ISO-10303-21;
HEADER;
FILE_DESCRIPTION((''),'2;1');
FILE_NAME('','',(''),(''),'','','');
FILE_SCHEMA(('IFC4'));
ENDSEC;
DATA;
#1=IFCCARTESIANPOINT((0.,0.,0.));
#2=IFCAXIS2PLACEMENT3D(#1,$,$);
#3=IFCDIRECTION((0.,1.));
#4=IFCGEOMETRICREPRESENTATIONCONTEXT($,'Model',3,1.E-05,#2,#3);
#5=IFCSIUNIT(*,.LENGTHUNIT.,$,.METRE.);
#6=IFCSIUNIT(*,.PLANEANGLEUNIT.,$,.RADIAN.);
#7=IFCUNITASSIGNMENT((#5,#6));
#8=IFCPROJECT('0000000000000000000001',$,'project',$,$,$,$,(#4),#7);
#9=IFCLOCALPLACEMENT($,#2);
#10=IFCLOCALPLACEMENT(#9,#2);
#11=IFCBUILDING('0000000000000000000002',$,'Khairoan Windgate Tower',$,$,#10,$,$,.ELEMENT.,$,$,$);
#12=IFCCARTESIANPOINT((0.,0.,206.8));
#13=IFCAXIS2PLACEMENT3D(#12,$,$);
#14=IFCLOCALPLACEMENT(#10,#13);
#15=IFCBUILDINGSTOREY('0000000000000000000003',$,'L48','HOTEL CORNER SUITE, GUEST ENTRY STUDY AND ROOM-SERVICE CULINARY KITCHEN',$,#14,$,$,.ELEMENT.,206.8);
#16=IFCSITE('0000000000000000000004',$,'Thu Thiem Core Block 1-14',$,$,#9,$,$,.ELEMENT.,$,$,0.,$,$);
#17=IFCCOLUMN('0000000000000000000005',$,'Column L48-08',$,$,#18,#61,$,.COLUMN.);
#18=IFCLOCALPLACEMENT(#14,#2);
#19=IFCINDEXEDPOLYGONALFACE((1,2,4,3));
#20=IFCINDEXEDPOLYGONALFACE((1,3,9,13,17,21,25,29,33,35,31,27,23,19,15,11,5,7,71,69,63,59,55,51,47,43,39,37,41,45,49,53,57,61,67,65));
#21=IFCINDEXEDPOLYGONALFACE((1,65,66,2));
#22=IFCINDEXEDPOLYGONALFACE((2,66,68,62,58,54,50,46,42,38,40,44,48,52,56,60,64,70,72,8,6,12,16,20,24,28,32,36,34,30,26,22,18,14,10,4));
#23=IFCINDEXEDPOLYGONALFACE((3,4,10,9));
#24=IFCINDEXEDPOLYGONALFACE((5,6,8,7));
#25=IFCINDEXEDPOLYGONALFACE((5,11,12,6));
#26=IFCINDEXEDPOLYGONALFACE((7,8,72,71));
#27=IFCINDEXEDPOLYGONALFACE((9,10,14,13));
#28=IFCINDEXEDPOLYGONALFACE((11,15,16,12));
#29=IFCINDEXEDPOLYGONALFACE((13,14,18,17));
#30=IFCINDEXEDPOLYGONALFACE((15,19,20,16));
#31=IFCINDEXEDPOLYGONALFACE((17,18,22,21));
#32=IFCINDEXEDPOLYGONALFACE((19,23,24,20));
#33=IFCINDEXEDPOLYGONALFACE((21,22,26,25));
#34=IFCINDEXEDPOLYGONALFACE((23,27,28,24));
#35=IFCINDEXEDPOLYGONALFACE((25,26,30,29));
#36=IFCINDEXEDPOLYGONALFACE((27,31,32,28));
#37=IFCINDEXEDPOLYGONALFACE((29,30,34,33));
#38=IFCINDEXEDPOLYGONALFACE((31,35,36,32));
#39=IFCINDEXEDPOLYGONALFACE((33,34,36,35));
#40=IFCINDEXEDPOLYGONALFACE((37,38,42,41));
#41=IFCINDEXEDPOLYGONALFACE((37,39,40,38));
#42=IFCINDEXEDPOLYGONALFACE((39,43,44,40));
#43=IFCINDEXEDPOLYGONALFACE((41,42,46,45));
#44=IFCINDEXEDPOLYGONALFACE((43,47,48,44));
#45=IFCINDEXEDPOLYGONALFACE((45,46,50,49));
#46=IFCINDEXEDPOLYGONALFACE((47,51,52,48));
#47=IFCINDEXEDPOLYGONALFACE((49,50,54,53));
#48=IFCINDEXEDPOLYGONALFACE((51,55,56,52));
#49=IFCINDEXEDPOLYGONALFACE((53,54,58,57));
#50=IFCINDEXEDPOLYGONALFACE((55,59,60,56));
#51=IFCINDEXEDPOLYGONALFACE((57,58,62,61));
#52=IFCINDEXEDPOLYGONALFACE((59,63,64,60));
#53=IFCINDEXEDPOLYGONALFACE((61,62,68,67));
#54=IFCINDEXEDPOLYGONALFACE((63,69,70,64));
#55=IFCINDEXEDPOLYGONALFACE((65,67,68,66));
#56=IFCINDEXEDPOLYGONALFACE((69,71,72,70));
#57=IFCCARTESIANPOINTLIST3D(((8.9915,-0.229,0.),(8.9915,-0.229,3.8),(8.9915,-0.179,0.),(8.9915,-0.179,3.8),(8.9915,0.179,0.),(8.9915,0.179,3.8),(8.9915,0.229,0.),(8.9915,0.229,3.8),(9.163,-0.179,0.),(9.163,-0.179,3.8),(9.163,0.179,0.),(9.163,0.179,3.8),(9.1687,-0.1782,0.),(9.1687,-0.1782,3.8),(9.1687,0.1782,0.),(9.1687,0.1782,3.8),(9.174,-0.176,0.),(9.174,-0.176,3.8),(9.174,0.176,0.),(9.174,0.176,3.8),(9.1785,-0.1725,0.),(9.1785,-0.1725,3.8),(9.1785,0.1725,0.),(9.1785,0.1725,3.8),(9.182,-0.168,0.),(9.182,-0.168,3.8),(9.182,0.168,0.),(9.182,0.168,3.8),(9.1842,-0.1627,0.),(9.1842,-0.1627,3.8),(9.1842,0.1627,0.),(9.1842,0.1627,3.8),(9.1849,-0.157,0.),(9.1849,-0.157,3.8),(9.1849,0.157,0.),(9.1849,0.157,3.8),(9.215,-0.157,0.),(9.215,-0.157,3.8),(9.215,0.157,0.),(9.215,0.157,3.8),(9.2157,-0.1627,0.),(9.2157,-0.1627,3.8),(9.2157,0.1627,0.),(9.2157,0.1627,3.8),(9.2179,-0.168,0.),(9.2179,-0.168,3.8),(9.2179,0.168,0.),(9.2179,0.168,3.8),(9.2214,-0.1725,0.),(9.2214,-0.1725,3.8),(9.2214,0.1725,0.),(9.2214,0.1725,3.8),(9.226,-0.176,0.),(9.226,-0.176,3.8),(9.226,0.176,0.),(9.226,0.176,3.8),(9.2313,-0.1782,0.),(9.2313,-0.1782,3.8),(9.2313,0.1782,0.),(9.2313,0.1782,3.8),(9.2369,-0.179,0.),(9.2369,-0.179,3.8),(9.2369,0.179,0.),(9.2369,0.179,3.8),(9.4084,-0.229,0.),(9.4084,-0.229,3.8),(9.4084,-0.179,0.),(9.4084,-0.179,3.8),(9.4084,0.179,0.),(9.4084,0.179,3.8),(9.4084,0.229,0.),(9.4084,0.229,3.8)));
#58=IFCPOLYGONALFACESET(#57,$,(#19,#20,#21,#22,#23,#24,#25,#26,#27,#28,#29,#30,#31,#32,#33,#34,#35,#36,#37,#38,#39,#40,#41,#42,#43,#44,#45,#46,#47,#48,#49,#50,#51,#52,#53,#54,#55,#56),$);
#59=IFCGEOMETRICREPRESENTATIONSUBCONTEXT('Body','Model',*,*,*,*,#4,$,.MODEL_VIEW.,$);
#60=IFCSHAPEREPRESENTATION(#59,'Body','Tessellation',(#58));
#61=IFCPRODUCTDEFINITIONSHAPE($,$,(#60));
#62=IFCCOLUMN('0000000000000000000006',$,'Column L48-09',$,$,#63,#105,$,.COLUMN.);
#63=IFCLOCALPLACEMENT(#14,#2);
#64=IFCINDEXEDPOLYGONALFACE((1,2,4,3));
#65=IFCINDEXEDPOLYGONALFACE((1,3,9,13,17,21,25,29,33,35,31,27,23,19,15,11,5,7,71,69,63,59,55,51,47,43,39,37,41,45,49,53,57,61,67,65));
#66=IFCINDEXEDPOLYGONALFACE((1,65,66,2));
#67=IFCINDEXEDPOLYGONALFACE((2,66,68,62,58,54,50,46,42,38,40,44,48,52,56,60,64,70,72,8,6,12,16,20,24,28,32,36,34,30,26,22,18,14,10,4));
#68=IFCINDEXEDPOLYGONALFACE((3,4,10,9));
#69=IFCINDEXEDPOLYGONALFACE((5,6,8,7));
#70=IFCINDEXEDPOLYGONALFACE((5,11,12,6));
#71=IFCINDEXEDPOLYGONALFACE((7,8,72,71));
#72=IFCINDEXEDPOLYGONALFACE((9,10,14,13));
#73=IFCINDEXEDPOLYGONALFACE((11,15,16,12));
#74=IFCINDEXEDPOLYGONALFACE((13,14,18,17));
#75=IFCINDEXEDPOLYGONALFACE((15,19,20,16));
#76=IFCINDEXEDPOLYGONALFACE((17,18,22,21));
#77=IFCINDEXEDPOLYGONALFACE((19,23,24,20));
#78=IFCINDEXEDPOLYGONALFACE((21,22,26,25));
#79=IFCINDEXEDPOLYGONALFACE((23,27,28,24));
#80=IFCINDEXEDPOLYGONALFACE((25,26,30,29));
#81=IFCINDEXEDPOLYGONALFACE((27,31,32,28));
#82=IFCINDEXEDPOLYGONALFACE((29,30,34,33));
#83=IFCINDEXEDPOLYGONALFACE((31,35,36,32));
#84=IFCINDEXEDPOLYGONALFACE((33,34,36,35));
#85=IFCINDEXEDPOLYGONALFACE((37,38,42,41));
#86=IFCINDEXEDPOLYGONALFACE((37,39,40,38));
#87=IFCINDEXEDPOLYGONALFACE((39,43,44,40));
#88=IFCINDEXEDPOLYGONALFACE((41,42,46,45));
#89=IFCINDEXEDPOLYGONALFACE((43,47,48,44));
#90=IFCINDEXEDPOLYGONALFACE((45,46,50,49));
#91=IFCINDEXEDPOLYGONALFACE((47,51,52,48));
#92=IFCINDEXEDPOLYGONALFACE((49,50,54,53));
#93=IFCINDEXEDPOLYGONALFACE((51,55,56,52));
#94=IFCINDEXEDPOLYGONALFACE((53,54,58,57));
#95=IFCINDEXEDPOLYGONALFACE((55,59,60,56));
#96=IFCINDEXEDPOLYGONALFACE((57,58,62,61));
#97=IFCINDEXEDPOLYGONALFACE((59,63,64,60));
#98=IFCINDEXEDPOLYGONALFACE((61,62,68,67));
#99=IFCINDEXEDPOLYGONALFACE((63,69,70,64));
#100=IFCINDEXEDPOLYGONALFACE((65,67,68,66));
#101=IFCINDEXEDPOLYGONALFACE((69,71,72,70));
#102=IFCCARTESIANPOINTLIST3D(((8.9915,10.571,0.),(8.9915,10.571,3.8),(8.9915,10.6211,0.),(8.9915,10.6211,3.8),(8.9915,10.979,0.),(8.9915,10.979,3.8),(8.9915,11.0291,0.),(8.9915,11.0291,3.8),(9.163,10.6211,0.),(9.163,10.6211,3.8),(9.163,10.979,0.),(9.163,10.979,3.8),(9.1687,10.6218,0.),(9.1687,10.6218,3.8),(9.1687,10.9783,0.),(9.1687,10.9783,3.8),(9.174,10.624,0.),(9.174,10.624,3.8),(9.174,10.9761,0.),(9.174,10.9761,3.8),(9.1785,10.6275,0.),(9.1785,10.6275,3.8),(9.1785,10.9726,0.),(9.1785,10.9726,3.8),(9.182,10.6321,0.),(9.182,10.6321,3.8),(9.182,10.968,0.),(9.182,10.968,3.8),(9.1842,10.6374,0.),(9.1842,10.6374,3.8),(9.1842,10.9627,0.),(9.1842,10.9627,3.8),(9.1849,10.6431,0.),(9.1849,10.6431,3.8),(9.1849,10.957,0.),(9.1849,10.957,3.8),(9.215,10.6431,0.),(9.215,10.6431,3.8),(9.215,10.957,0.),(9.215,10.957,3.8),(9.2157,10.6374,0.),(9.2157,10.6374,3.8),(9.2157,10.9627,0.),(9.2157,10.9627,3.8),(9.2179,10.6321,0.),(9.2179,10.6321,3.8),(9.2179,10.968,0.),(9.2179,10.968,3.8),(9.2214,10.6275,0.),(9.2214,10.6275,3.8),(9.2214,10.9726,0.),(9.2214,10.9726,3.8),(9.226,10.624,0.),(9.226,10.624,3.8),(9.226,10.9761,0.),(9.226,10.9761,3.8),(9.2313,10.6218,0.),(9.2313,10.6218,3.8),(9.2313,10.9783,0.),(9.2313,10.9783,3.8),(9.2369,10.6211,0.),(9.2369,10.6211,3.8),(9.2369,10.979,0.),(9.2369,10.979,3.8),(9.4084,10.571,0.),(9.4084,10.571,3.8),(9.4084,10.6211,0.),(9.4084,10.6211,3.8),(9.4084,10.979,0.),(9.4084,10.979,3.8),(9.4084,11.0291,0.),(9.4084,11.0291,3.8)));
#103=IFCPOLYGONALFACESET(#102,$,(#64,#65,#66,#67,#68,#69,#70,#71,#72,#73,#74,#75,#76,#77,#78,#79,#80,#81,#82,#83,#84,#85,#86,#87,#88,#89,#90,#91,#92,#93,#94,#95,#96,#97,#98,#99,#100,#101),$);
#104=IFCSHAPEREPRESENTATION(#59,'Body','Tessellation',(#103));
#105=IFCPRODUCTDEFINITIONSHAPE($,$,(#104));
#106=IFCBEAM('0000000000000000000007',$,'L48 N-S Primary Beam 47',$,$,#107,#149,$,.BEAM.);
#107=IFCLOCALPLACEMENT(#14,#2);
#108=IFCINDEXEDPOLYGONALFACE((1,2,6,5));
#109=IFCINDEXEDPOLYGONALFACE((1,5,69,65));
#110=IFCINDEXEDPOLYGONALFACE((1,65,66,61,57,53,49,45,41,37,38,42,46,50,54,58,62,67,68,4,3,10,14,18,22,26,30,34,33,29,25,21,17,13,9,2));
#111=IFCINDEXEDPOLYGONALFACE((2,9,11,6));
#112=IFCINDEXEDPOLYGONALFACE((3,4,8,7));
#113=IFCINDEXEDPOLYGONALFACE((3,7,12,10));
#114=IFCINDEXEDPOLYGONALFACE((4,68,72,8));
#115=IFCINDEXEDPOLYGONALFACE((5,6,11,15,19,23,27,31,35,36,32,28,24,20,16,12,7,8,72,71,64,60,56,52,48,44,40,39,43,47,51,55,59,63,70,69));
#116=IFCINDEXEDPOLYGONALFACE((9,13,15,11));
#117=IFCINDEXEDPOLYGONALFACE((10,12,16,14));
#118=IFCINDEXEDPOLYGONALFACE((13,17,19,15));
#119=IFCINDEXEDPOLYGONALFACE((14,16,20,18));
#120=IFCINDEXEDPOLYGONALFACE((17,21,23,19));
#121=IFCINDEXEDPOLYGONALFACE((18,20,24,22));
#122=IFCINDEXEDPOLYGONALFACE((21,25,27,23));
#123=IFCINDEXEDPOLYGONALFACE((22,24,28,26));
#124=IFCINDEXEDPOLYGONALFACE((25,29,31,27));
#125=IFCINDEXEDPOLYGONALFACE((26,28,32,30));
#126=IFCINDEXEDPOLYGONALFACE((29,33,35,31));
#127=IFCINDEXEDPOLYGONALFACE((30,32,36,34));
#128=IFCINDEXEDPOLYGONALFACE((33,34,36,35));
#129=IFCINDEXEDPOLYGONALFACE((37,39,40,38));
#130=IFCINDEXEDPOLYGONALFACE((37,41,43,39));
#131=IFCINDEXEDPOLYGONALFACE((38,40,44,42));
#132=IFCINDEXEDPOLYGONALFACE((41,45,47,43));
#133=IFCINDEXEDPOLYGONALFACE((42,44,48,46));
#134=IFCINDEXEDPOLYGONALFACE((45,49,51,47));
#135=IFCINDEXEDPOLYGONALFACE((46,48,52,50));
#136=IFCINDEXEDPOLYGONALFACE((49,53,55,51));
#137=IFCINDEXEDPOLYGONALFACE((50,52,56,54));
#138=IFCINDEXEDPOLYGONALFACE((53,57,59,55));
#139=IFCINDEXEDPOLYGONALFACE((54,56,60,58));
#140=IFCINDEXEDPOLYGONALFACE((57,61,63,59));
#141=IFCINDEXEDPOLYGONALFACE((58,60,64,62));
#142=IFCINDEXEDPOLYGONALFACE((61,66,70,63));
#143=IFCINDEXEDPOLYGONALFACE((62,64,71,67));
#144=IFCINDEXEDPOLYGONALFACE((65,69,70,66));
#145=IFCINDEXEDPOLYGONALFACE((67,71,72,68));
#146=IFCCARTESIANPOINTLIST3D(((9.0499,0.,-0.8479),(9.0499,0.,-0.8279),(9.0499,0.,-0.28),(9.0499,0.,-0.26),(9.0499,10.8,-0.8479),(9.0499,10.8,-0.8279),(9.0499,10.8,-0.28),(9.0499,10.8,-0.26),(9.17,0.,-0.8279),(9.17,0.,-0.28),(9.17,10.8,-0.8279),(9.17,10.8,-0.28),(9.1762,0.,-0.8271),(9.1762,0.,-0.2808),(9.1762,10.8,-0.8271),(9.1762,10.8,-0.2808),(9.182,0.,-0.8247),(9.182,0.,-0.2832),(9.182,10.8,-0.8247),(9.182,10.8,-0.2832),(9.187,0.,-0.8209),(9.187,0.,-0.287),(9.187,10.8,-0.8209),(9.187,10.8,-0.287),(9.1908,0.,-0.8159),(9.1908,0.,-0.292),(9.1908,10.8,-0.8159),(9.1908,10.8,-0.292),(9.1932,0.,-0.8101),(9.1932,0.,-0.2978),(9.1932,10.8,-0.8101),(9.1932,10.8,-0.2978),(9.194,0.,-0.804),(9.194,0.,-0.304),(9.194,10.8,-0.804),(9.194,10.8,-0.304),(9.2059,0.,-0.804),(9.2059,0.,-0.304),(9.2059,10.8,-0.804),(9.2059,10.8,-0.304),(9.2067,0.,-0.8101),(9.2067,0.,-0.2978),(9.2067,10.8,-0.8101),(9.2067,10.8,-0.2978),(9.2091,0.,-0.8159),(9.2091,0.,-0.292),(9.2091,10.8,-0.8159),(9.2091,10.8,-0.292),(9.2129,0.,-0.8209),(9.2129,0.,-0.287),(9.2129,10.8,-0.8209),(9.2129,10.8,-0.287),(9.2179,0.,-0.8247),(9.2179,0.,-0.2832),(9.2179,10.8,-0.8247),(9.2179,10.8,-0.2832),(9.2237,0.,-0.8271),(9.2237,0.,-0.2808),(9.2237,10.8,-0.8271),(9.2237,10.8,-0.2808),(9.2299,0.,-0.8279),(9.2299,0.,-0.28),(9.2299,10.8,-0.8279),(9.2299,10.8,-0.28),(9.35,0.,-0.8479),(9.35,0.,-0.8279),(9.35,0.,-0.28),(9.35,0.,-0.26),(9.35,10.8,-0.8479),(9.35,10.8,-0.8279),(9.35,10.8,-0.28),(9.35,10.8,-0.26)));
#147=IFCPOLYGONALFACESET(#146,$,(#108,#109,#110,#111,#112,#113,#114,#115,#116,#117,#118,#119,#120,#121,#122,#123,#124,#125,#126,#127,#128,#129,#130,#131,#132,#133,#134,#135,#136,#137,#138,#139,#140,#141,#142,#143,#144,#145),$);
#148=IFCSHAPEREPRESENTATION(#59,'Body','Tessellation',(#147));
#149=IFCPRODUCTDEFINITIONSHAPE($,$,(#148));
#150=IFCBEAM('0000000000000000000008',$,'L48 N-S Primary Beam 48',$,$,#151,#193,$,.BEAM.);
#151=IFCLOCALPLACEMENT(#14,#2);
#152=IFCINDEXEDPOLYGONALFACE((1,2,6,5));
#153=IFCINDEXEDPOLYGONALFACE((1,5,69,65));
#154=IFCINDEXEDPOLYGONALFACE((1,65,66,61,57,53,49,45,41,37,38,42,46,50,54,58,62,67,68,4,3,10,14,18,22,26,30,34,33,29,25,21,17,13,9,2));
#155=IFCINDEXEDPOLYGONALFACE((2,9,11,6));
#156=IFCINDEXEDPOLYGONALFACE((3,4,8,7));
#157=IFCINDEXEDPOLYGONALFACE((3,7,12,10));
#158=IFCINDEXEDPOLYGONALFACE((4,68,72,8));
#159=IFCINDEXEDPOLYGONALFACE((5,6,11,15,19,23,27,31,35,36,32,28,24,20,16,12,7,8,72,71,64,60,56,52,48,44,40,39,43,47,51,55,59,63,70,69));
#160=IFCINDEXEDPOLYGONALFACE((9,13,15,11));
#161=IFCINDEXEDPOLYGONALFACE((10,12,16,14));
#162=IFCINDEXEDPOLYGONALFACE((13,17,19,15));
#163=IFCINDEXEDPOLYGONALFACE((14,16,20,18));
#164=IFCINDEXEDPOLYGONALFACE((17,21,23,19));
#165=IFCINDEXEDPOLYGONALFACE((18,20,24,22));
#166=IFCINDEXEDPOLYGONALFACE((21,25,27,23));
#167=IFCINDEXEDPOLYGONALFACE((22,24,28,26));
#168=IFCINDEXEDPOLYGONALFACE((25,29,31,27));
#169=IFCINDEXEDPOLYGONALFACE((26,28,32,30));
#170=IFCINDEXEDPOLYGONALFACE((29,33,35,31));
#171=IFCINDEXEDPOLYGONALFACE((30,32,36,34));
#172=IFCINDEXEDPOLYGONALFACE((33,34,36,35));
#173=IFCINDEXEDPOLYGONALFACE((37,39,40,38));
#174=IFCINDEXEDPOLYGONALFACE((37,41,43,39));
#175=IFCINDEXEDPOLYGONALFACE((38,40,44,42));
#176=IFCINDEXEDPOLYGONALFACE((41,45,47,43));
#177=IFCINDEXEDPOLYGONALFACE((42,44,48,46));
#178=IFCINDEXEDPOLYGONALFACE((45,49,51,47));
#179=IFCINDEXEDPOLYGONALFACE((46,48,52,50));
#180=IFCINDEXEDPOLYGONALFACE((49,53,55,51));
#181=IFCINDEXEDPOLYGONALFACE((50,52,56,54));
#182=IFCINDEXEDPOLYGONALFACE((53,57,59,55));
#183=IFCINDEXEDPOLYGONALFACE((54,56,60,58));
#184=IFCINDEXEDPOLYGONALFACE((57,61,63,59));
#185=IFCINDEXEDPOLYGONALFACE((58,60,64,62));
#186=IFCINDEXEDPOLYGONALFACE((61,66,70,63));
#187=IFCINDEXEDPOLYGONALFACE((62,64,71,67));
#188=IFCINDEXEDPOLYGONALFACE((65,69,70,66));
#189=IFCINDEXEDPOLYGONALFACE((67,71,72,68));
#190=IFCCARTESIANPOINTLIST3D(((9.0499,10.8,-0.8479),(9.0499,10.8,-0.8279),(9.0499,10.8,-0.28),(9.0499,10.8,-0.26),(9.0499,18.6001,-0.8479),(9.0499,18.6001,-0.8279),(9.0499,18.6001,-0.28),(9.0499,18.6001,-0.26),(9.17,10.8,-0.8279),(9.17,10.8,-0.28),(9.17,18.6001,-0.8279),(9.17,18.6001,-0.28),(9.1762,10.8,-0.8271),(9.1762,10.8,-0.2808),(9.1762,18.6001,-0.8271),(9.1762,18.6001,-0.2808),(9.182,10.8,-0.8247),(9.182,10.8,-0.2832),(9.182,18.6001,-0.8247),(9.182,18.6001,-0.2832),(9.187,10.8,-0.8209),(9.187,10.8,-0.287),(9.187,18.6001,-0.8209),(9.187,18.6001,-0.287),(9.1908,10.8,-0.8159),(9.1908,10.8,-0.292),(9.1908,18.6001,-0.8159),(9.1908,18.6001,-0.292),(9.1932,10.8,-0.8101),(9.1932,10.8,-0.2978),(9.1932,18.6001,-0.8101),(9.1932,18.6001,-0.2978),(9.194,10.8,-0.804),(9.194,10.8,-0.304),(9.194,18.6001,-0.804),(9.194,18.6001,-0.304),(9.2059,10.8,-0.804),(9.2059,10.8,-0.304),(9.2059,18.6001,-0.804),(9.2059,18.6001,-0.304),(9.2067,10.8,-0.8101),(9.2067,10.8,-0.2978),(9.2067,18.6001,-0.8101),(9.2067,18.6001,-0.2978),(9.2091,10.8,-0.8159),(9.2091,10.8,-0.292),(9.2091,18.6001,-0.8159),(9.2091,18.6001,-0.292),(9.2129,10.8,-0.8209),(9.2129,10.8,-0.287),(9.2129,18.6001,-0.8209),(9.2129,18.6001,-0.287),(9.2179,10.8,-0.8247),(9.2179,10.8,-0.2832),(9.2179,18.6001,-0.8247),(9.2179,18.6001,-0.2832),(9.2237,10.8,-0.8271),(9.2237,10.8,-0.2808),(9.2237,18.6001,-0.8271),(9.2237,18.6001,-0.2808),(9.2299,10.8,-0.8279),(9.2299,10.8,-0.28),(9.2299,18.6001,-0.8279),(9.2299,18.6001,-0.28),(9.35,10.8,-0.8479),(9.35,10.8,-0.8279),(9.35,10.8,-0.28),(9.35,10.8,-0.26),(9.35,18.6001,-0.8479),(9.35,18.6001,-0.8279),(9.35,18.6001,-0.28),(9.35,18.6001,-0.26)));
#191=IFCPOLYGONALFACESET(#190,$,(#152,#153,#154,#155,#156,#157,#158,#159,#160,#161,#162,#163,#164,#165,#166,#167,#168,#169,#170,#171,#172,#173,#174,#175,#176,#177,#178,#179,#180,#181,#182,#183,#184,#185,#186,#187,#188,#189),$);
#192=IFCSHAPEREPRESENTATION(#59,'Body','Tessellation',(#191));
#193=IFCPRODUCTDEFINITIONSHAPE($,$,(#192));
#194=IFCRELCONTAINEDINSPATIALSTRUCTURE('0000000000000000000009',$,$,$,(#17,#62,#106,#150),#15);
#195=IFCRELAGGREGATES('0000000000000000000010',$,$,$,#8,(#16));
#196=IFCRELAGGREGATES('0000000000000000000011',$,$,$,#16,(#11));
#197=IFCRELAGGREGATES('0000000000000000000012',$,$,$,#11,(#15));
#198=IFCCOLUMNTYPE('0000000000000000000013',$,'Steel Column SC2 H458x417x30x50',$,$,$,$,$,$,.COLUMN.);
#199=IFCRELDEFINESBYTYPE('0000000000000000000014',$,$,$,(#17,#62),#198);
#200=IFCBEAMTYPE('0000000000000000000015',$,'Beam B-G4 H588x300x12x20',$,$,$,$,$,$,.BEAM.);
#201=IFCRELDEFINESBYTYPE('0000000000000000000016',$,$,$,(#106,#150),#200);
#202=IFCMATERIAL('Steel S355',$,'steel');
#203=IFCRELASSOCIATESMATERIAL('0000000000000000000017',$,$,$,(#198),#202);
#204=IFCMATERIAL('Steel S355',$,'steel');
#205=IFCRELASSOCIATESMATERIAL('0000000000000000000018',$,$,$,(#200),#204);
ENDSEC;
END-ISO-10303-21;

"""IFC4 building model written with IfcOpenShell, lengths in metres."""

from ifc_helpers import new_model, si_unit, direction, frame, origin, origin_2d, place, context, subcontext, project, spatial, i_section, extrude, material, material_profile, profile_set, type_object, element, save


model = new_model("IFC4")

# Units and contexts
model_context = context("Model", 3, precision=1e-05, world=origin(), true_north=direction((0.0, 1.0)))
body_context = subcontext(model_context, "Body", "Model", "MODEL_VIEW")
ifc_project = project(units=[si_unit("LENGTHUNIT", "METRE"), si_unit("PLANEANGLEUNIT", "RADIAN")], contexts=[model_context])

# Site, building, storey
site_placement = place(None, origin())
site = spatial("IfcSite", under=ifc_project, at=site_placement, Name="Thu Thiem Core Block 1-14", CompositionType="ELEMENT", RefElevation=0.0)
building_placement = place(site_placement, origin())
building = spatial("IfcBuilding", under=site, at=building_placement, Name="Khairoan Windgate Tower", CompositionType="ELEMENT")
storey_placement = place(building_placement, frame((0.0, 0.0, 206.8)))
storey = spatial("IfcBuildingStorey", under=building, at=storey_placement, Name="L48", Description="HOTEL CORNER SUITE, GUEST ENTRY STUDY AND ROOM-SERVICE CULINARY KITCHEN", CompositionType="ELEMENT", Elevation=206.8)

# Columns
ifc_material_1 = material(Name="Steel S355", Category="steel")
ifc_material_profile_1 = material_profile(ifc_material_1, i_section(OverallWidth=0.417, OverallDepth=0.458, WebThickness=0.03, FlangeThickness=0.05, FilletRadius=0.022, at=origin_2d()))
ifc_profile_set_1 = profile_set([ifc_material_profile_1], Name="Steel S355")
column_type = type_object("IfcColumnType", Name="Steel Column SC2 H458x417x30x50", PredefinedType="COLUMN", material=ifc_profile_set_1)
for number, where, z_axis, x_axis, name in (
    (1, (9.2, 0.0, 0.0), (0.0, 0.0, 1.0), (1.0, 0.0, 0.0), "Column L48-08"),
    (2, (9.2, 10.8, 0.0), (0.0, 0.0, 1.0), (1.0, 0.0, 0.0), "Column L48-09"),
):
    element("IfcColumn", number, at=place(storey_placement, frame(where, z_axis=z_axis, x_axis=x_axis)), inside=storey, type_object=column_type, Name=name, PredefinedType="COLUMN", context=body_context, shape_type="SweptSolid", body=[
        extrude(i_section(OverallWidth=0.417, OverallDepth=0.458, WebThickness=0.03, FlangeThickness=0.05, FilletRadius=0.022, at=origin_2d()), origin(), (0.0, 0.0, 1.0), 3.8),
    ])

# Beams
ifc_material_2 = material(Name="Steel S355", Category="steel")
ifc_material_profile_2 = material_profile(ifc_material_2, i_section(OverallWidth=0.3, OverallDepth=0.5879, WebThickness=0.012, FlangeThickness=0.02, FilletRadius=0.0239, at=origin_2d()))
ifc_profile_set_2 = profile_set([ifc_material_profile_2], Name="Steel S355")
beam_type_1 = type_object("IfcBeamType", Name="Beam B-G4 H588x300x12x20", PredefinedType="BEAM", material=ifc_profile_set_2)
beam_1_placement = place(storey_placement, frame((9.2, 0.0, -0.554), z_axis=(0.0, 1.0, 0.0), x_axis=(-1.0, 0.0, 0.0)))
element("IfcBeam", 3, at=beam_1_placement, inside=storey, type_object=beam_type_1, Name="L48 N-S Primary Beam 47", PredefinedType="BEAM", context=body_context, shape_type="SweptSolid", body=[
    extrude(i_section(OverallWidth=0.3, OverallDepth=0.5879, WebThickness=0.012, FlangeThickness=0.02, FilletRadius=0.0239, at=origin_2d()), origin(), (0.0, 0.0, 1.0), 10.8),
])
beam_2_placement = place(storey_placement, frame((9.2, 10.8, -0.554), z_axis=(0.0, 1.0, 0.0), x_axis=(-1.0, 0.0, 0.0)))
element("IfcBeam", 4, at=beam_2_placement, inside=storey, type_object=beam_type_1, Name="L48 N-S Primary Beam 48", PredefinedType="BEAM", context=body_context, shape_type="SweptSolid", body=[
    extrude(i_section(OverallWidth=0.3, OverallDepth=0.5879, WebThickness=0.012, FlangeThickness=0.02, FilletRadius=0.0239, at=origin_2d()), origin(), (0.0, 0.0, 1.0), 7.8),
])

save(model, "model.ifc")
